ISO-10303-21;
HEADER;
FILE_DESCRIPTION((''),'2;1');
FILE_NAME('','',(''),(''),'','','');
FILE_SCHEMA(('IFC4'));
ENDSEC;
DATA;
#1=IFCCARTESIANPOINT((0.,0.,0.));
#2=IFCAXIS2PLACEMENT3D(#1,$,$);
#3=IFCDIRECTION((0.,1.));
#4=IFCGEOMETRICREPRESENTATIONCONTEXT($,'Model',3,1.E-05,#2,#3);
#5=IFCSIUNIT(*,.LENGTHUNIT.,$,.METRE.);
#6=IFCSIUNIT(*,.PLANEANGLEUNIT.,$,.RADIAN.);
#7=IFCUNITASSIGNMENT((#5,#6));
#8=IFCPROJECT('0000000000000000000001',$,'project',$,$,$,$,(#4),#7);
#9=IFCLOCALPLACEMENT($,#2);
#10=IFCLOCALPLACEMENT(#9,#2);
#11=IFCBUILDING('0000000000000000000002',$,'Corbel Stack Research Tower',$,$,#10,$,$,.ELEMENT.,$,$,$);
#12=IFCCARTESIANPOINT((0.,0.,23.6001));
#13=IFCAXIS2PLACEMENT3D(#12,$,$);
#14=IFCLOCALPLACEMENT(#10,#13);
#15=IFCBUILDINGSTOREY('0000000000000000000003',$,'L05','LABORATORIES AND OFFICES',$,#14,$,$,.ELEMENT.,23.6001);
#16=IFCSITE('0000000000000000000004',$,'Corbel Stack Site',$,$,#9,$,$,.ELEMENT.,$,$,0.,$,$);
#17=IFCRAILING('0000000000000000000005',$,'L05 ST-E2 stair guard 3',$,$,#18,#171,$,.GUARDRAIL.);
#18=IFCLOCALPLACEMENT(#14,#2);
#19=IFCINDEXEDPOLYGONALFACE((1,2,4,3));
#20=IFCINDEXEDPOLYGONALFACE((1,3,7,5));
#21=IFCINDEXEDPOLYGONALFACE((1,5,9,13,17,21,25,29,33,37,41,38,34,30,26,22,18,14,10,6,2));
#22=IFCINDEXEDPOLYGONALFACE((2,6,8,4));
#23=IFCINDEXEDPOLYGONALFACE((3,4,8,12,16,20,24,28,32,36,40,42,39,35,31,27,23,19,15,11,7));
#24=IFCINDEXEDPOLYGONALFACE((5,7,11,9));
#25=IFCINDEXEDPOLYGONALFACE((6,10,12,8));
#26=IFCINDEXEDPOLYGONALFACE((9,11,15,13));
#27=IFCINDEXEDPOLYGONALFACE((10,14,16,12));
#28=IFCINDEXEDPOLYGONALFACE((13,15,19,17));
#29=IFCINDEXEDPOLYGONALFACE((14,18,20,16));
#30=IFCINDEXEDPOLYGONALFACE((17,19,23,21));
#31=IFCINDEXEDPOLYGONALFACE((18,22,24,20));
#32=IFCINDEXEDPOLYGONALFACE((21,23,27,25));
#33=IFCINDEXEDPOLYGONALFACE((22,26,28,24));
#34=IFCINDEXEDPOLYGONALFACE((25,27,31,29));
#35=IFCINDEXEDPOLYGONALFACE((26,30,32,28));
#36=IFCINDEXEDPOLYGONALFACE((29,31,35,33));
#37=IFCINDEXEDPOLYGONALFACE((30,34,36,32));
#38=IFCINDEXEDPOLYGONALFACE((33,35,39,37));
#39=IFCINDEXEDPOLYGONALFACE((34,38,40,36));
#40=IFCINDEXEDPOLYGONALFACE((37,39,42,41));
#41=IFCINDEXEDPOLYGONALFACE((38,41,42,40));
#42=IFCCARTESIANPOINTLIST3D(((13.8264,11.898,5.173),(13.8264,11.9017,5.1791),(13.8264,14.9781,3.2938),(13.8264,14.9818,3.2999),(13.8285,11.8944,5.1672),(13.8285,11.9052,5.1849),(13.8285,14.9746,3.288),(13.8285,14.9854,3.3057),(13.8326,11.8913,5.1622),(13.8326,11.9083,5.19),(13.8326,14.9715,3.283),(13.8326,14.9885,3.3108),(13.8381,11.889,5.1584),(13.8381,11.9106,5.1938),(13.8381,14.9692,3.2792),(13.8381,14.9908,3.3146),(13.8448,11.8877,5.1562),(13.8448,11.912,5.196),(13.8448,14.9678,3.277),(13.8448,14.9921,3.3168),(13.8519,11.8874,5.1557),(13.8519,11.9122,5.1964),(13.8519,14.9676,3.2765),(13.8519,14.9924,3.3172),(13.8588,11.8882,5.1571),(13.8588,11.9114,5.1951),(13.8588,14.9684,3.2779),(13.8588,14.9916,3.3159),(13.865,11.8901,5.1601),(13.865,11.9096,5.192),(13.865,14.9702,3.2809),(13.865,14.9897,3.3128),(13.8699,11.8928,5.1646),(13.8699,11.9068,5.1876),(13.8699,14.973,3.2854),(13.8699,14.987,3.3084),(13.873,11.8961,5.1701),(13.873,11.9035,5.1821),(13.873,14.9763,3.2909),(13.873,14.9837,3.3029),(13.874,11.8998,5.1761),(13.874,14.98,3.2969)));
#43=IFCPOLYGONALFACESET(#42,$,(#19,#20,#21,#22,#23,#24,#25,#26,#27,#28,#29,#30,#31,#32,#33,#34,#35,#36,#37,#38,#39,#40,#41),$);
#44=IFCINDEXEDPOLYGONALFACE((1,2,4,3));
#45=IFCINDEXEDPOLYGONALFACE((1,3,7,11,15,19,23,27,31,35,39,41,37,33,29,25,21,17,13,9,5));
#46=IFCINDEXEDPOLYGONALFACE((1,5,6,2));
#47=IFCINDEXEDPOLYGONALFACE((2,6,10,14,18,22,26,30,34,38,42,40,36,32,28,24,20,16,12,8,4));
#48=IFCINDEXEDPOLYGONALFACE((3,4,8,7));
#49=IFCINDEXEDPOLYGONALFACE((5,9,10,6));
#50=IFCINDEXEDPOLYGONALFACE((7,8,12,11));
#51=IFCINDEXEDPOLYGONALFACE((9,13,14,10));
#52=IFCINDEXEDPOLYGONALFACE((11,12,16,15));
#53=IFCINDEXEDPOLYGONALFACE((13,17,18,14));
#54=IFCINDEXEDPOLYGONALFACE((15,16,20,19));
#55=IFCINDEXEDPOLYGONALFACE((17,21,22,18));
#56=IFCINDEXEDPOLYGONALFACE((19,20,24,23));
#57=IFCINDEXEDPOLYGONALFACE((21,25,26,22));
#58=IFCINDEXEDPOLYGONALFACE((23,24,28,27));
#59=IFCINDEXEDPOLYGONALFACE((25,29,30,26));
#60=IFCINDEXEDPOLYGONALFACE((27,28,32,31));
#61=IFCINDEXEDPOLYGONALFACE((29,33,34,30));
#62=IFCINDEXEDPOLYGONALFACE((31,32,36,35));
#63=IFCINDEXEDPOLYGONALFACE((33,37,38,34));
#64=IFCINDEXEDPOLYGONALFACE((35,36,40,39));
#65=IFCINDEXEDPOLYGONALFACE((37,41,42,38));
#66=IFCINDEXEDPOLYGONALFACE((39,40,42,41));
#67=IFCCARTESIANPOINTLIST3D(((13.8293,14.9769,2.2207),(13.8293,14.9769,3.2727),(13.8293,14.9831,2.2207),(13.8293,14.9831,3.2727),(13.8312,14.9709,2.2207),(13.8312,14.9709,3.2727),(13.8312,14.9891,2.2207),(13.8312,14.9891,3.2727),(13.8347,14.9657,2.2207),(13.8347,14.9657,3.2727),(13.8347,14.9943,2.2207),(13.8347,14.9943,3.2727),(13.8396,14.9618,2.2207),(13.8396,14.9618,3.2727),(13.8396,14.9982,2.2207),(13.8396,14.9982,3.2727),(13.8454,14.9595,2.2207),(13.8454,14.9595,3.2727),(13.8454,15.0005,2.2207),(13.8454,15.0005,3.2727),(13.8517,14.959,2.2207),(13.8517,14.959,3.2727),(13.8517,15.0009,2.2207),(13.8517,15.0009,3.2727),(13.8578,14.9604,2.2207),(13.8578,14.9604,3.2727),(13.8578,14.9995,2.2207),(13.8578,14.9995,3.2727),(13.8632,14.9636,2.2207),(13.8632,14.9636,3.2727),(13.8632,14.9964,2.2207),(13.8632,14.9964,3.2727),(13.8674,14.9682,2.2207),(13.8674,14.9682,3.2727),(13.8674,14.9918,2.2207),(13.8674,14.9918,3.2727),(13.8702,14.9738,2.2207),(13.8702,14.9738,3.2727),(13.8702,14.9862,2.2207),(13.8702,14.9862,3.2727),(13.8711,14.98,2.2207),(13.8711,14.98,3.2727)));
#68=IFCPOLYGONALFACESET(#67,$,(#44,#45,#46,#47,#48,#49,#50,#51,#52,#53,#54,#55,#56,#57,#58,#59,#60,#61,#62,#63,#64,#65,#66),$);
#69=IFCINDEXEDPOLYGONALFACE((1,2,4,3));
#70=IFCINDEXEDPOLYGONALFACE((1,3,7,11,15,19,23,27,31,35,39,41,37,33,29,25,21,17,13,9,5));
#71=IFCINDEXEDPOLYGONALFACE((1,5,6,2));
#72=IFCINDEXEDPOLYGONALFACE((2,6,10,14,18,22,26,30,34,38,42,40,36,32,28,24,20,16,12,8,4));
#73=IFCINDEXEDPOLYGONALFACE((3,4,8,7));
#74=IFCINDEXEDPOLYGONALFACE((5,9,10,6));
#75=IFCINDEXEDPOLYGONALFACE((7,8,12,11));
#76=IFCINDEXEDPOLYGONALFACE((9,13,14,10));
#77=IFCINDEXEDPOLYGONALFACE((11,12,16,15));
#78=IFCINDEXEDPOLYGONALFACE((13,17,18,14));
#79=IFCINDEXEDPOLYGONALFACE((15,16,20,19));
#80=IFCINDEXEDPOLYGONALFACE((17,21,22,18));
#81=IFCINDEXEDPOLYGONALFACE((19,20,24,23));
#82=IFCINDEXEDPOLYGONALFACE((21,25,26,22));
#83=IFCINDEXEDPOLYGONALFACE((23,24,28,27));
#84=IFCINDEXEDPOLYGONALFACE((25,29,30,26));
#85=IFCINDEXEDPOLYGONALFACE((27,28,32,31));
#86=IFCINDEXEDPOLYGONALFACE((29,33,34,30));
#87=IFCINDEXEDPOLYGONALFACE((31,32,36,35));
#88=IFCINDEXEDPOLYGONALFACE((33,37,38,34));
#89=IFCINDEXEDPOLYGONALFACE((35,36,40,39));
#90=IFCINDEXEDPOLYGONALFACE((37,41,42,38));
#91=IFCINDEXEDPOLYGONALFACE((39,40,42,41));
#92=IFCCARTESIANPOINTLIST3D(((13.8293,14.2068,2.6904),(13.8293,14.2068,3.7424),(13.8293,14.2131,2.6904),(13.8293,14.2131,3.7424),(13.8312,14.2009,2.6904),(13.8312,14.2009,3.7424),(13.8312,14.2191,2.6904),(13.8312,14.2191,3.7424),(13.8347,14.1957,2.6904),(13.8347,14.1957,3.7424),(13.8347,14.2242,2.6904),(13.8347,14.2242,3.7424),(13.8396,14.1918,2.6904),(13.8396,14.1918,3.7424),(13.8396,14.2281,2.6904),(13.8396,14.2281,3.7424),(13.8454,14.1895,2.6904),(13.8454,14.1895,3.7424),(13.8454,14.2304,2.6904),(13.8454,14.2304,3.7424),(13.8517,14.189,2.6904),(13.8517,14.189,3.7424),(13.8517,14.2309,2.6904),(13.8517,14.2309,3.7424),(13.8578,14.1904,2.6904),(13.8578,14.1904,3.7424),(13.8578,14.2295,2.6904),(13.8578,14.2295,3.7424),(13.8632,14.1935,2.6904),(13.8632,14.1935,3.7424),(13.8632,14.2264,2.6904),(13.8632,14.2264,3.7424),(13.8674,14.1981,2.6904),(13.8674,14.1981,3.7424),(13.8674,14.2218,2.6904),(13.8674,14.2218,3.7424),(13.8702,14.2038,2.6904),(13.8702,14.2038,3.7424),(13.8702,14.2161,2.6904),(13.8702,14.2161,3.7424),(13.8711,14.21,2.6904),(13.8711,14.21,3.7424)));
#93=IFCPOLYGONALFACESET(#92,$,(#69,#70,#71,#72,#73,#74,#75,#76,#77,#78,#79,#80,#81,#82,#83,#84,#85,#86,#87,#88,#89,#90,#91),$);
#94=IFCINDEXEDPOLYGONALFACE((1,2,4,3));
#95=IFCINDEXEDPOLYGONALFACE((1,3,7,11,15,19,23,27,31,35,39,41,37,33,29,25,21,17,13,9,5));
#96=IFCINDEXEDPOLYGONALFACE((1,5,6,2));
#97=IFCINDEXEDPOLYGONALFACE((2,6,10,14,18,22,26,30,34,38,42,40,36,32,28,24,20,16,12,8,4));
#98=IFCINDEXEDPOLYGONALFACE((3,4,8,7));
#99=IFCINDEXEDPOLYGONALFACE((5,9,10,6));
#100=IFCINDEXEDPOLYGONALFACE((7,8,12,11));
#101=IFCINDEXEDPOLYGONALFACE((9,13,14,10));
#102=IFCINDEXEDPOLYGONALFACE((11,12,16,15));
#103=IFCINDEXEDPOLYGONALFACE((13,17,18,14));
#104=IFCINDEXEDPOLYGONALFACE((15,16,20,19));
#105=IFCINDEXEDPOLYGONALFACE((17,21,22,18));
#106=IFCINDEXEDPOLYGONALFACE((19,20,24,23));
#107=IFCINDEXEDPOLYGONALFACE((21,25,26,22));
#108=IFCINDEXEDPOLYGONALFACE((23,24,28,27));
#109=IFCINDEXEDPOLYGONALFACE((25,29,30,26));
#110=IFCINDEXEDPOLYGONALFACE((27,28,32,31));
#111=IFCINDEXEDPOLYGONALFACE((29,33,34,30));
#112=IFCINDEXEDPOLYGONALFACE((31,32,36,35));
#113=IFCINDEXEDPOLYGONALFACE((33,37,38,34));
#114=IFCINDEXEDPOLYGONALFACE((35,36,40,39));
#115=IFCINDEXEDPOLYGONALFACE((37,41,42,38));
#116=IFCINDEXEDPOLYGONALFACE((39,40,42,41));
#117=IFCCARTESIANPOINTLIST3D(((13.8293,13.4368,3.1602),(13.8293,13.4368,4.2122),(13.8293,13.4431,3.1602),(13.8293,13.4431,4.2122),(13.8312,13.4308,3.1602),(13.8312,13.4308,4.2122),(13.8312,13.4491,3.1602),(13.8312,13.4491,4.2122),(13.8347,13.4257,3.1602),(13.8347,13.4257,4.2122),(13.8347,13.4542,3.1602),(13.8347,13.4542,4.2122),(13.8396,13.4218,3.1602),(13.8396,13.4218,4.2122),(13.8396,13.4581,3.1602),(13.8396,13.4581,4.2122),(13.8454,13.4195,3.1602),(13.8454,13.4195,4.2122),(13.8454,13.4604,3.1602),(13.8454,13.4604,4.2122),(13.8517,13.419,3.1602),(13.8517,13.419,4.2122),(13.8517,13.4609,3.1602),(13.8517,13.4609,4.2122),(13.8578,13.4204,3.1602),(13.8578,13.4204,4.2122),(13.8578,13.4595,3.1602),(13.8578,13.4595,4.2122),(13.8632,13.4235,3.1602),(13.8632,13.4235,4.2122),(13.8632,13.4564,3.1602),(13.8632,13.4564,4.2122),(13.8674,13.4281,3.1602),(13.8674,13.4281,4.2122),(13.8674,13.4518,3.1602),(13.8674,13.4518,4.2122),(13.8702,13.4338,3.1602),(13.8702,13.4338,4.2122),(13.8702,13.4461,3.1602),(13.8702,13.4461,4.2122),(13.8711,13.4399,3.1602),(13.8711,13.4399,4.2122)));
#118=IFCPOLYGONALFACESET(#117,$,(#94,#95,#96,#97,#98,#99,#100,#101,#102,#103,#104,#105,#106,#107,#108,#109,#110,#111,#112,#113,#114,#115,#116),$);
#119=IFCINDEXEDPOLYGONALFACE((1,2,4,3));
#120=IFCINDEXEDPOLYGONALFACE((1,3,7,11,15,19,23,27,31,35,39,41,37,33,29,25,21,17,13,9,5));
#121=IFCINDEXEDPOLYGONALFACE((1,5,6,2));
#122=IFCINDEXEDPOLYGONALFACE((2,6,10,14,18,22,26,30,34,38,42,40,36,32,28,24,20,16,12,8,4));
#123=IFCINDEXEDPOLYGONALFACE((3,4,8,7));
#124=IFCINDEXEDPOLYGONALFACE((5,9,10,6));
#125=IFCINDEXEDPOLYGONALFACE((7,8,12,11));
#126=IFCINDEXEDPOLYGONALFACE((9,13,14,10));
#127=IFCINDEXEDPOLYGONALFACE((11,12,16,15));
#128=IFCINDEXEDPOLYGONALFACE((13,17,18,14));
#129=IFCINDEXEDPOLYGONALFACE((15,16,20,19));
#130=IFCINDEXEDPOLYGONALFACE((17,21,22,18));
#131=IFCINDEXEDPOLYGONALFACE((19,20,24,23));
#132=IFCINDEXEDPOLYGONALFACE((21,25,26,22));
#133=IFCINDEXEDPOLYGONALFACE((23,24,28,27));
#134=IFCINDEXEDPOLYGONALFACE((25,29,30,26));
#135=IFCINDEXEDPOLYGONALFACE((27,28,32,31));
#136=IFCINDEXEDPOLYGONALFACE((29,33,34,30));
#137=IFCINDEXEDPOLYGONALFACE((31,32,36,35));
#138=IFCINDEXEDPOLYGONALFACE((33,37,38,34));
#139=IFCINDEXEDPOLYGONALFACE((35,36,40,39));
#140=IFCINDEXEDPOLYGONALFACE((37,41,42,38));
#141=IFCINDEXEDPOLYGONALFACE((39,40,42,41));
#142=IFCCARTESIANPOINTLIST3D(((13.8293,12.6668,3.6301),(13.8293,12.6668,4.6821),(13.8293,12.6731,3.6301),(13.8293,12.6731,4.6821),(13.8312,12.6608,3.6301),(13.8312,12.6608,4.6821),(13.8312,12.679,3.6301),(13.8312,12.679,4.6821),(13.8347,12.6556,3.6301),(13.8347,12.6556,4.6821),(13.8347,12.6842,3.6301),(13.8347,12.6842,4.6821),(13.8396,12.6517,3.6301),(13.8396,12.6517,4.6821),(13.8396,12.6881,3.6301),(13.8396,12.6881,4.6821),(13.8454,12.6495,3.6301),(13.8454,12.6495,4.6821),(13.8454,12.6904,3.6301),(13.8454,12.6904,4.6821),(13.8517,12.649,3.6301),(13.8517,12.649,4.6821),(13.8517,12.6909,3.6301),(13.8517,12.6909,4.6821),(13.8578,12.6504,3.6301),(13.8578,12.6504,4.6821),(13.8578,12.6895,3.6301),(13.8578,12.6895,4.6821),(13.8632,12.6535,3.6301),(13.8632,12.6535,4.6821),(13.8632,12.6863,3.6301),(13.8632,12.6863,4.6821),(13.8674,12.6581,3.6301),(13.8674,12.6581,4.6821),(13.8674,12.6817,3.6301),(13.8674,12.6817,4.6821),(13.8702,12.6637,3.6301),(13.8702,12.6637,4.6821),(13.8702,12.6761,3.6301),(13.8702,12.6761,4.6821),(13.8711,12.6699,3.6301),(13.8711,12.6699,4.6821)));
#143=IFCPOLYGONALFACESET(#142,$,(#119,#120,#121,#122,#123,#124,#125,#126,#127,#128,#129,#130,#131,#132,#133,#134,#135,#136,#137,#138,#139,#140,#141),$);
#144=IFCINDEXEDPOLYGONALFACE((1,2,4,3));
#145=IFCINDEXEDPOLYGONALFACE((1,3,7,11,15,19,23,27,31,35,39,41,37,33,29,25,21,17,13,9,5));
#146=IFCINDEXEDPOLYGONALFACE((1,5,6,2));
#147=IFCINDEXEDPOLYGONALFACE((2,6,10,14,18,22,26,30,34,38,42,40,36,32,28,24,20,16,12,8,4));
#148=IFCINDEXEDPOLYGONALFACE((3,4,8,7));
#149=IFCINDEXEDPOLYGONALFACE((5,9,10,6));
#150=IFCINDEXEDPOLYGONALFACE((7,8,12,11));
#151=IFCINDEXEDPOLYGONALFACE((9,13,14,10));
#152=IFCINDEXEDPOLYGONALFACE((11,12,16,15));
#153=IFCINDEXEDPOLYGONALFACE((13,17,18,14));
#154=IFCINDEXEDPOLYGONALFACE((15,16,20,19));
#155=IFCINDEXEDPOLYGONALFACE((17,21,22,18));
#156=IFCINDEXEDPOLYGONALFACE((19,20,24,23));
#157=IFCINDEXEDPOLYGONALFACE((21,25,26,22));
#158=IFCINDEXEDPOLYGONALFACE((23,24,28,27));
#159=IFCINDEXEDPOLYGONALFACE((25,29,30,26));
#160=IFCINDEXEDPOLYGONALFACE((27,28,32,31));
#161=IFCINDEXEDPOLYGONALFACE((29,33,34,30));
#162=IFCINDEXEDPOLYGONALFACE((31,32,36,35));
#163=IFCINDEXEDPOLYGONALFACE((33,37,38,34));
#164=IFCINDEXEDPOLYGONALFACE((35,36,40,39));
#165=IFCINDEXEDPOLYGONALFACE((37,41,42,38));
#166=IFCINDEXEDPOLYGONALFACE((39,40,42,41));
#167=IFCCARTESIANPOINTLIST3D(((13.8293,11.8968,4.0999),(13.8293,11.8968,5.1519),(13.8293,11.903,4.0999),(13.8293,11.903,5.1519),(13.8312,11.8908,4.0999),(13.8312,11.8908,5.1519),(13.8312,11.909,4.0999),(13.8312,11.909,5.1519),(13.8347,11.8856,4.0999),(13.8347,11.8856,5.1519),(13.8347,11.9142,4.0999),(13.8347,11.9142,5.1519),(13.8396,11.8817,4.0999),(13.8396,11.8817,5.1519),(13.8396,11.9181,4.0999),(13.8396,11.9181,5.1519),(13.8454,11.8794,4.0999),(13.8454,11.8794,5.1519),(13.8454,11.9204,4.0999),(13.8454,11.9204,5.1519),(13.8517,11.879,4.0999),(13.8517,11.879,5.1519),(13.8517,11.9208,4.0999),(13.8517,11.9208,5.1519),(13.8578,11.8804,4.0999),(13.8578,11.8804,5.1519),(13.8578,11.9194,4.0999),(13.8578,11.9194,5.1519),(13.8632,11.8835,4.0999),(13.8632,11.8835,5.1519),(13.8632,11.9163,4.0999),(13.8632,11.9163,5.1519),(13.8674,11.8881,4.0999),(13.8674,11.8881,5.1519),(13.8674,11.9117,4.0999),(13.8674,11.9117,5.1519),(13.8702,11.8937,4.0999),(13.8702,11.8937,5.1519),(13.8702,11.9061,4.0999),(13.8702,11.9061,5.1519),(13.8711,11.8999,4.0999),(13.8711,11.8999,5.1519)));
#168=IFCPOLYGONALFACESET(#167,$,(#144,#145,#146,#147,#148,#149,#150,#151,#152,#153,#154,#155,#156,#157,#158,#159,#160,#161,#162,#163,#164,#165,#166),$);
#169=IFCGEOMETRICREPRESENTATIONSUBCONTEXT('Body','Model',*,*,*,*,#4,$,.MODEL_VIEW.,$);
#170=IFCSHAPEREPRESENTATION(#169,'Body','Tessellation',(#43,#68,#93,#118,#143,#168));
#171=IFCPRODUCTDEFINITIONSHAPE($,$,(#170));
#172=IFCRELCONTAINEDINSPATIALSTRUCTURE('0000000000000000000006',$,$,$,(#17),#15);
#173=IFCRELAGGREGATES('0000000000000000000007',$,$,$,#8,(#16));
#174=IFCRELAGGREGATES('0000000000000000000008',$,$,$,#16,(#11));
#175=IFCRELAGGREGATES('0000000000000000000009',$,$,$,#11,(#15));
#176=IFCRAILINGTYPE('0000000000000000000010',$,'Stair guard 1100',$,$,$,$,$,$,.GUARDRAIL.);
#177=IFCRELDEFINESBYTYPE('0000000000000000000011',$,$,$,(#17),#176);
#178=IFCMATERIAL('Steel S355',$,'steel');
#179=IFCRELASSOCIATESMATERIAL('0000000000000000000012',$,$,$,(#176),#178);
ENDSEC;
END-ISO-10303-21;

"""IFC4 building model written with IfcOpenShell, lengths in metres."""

from ifc_helpers import new_model, si_unit, direction, frame, origin, origin_2d, place, context, subcontext, project, spatial, circle, extrude, material, type_object, element, save


model = new_model("IFC4")

# Units and contexts
model_context = context("Model", 3, precision=1e-05, world=origin(), true_north=direction((0.0, 1.0)))
body_context = subcontext(model_context, "Body", "Model", "MODEL_VIEW")
ifc_project = project(units=[si_unit("LENGTHUNIT", "METRE"), si_unit("PLANEANGLEUNIT", "RADIAN")], contexts=[model_context])

# Site, building, storey
site_placement = place(None, origin())
site = spatial("IfcSite", under=ifc_project, at=site_placement, Name="Corbel Stack Site", CompositionType="ELEMENT", RefElevation=0.0)
building_placement = place(site_placement, origin())
building = spatial("IfcBuilding", under=site, at=building_placement, Name="Corbel Stack Research Tower", CompositionType="ELEMENT")
storey_placement = place(building_placement, frame((0.0, 0.0, 23.6001)))
storey = spatial("IfcBuildingStorey", under=building, at=storey_placement, Name="L05", Description="LABORATORIES AND OFFICES", CompositionType="ELEMENT", Elevation=23.6001)

# Railing
ifc_material_1 = material(Name="Steel S355", Category="steel")
railing_type_1 = type_object("IfcRailingType", Name="Stair guard 1100", PredefinedType="GUARDRAIL", material=ifc_material_1)
railing_1_placement = place(storey_placement, frame((13.8501, 14.98, 2.2207)))
element("IfcRailing", 1, at=railing_1_placement, inside=storey, type_object=railing_type_1, Name="L05 ST-E2 stair guard 3", PredefinedType="GUARDRAIL", context=body_context, shape_type="SweptSolid", body=[
    extrude(circle(Radius=0.0239, at=origin_2d()), frame((0.0, 0.0, 1.0762), z_axis=(0.0, -0.853666, 0.52082), x_axis=(1.0, 0.0, 0.0)), (0.0, 0.0, 1.0), 3.6082),
    extrude(circle(Radius=0.021, at=origin_2d()), origin(), (0.0, 0.0, 1.0), 1.052),
    extrude(circle(Radius=0.021, at=origin_2d()), frame((0.0, -0.77, 0.4697)), (0.0, 0.0, 1.0), 1.052),
    extrude(circle(Radius=0.021, at=origin_2d()), frame((0.0, -1.54, 0.9395)), (0.0, 0.0, 1.0), 1.052),
    extrude(circle(Radius=0.021, at=origin_2d()), frame((0.0, -2.3101, 1.4094)), (0.0, 0.0, 1.0), 1.052),
    extrude(circle(Radius=0.021, at=origin_2d()), frame((0.0, -3.0801, 1.8792)), (0.0, 0.0, 1.0), 1.052),
])

save(model, "model.ifc")
